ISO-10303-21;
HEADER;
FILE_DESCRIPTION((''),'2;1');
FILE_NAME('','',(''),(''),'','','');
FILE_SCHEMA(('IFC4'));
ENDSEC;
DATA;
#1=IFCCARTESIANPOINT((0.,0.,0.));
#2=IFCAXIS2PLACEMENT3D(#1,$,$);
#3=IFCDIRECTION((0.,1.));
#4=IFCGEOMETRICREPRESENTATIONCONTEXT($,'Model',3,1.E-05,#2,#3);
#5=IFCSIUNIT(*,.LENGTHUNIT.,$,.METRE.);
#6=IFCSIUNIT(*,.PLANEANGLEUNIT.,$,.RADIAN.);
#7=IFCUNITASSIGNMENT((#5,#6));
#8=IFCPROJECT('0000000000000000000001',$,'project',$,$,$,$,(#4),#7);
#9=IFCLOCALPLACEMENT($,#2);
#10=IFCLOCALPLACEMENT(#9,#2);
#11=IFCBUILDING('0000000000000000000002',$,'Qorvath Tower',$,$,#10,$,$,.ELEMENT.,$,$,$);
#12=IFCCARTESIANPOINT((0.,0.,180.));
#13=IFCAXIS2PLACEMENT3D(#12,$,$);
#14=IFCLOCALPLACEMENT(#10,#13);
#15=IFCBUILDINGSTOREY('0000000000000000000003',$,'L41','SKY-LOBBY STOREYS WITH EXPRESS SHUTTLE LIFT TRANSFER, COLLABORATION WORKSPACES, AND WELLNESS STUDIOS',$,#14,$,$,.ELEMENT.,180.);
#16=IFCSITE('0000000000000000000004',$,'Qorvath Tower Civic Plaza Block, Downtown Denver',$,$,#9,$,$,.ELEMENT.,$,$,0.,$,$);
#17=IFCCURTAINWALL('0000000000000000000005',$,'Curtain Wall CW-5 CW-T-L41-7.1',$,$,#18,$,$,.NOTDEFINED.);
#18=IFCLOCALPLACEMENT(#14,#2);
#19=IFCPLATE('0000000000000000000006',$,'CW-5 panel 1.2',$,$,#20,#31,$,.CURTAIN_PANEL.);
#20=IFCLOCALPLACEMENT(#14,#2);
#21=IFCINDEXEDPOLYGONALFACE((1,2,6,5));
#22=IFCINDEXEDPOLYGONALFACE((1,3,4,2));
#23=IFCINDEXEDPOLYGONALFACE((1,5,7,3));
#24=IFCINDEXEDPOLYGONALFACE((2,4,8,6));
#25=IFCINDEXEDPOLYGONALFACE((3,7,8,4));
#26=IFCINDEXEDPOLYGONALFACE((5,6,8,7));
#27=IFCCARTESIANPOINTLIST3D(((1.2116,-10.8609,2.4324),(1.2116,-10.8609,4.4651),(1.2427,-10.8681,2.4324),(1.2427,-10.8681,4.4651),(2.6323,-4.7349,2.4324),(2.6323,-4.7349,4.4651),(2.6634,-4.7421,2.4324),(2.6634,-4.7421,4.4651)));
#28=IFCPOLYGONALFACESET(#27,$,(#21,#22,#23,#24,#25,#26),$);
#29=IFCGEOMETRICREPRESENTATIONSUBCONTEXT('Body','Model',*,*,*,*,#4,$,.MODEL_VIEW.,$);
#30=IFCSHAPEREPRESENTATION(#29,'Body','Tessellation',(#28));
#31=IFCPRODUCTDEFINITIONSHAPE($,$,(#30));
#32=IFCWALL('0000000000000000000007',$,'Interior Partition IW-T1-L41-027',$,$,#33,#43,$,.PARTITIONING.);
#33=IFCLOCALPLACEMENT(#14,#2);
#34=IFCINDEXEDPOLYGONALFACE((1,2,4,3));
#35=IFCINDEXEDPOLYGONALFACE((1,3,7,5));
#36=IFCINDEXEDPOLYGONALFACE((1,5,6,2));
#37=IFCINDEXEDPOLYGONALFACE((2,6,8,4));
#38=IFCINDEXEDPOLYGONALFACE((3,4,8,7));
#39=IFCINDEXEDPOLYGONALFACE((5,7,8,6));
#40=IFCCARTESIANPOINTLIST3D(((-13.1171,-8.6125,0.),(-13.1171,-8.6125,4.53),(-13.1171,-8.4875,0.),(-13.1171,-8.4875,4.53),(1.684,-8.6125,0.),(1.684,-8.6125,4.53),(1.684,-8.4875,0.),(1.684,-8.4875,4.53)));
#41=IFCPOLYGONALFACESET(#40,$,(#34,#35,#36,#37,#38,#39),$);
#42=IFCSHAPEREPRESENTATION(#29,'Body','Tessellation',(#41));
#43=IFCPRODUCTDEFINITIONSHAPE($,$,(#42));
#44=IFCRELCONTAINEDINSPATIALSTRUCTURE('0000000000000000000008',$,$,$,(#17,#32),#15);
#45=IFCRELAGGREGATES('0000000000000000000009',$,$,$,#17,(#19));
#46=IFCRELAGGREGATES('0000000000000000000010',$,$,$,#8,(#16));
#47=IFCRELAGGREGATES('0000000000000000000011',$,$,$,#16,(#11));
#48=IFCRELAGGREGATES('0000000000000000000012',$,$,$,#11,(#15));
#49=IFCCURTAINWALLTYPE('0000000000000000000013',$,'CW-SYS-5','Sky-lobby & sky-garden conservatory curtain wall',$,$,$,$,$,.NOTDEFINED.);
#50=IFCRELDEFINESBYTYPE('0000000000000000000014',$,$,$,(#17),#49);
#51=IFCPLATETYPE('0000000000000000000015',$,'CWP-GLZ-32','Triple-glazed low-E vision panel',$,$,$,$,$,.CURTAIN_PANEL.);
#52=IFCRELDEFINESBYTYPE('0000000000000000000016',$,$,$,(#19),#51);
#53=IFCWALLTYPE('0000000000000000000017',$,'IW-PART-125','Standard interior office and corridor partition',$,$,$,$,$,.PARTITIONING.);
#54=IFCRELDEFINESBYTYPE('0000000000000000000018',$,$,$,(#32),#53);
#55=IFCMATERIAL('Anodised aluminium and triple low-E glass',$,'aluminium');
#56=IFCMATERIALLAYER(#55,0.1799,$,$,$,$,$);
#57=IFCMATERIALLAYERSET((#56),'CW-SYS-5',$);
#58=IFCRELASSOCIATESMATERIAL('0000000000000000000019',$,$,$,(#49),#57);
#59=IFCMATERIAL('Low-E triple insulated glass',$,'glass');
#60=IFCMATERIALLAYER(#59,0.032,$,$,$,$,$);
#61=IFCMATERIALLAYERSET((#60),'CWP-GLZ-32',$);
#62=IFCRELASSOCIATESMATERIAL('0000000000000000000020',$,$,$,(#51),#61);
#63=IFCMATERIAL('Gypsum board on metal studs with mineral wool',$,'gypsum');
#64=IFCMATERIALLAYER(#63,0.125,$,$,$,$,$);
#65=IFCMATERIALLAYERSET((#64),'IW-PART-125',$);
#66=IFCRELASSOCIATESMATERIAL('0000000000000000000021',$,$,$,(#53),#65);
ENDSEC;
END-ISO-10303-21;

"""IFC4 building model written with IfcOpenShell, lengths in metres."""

from ifc_helpers import new_model, si_unit, direction, frame, frame_2d, origin, origin_2d, place, context, subcontext, project, spatial, rectangle, extrude, material, layer, layer_set, type_object, element, aggregate, save


model = new_model("IFC4")

# Units and contexts
model_context = context("Model", 3, precision=1e-05, world=origin(), true_north=direction((0.0, 1.0)))
body_context = subcontext(model_context, "Body", "Model", "MODEL_VIEW")
ifc_project = project(units=[si_unit("LENGTHUNIT", "METRE"), si_unit("PLANEANGLEUNIT", "RADIAN")], contexts=[model_context])

# Site, building, storey
site_placement = place(None, origin())
site = spatial("IfcSite", under=ifc_project, at=site_placement, Name="Qorvath Tower Civic Plaza Block, Downtown Denver", CompositionType="ELEMENT", RefElevation=0.0)
building_placement = place(site_placement, origin())
building = spatial("IfcBuilding", under=site, at=building_placement, Name="Qorvath Tower", CompositionType="ELEMENT")
storey_placement = place(building_placement, frame((0.0, 0.0, 180.0)))
storey = spatial("IfcBuildingStorey", under=building, at=storey_placement, Name="L41", Description="SKY-LOBBY STOREYS WITH EXPRESS SHUTTLE LIFT TRANSFER, COLLABORATION WORKSPACES, AND WELLNESS STUDIOS", CompositionType="ELEMENT", Elevation=180.0)

# Shared definitions
ifc_material_1 = material(Name="Anodised aluminium and triple low-E glass", Category="aluminium")
ifc_layer_1 = layer(ifc_material_1, 0.1799)
ifc_layer_set_1 = layer_set([ifc_layer_1], Name="CW-SYS-5")
curtain_wall_type = type_object("IfcCurtainWallType", Name="CW-SYS-5", Description="Sky-lobby & sky-garden conservatory curtain wall", PredefinedType="NOTDEFINED", material=ifc_layer_set_1)

# Curtain wall
curtain_wall_1_placement = place(storey_placement, origin())
curtain_wall_1 = element("IfcCurtainWall", 1, at=curtain_wall_1_placement, inside=storey, type_object=curtain_wall_type, Name="Curtain Wall CW-5 CW-T-L41-7.1", PredefinedType="NOTDEFINED")

# Plate
ifc_material_2 = material(Name="Low-E triple insulated glass", Category="glass")
ifc_layer_2 = layer(ifc_material_2, 0.032)
ifc_layer_set_2 = layer_set([ifc_layer_2], Name="CWP-GLZ-32")
plate_type = type_object("IfcPlateType", Name="CWP-GLZ-32", Description="Triple-glazed low-E vision panel", PredefinedType="CURTAIN_PANEL", material=ifc_layer_set_2)
plate_1_placement = place(storey_placement, frame((1.9375, -7.8015, 2.4324), z_axis=(0.0, 0.0, 1.0), x_axis=(0.225923, 0.974145, 0.0)))
plate_1 = element("IfcPlate", 2, at=plate_1_placement, type_object=plate_type, Name="CW-5 panel 1.2", PredefinedType="CURTAIN_PANEL", context=body_context, shape_type="SweptSolid", body=[
    extrude(rectangle(XDim=6.2886, YDim=0.032, at=origin_2d()), origin(), (0.0, 0.0, 1.0), 2.0327),
])
aggregate(curtain_wall_1, [plate_1])

# Wall
ifc_material_3 = material(Name="Gypsum board on metal studs with mineral wool", Category="gypsum")
ifc_layer_3 = layer(ifc_material_3, 0.125)
ifc_layer_set_3 = layer_set([ifc_layer_3], Name="IW-PART-125")
wall_type = type_object("IfcWallType", Name="IW-PART-125", Description="Standard interior office and corridor partition", PredefinedType="PARTITIONING", material=ifc_layer_set_3)
wall_placement = place(storey_placement, frame((1.6838, -8.55, 0.0), z_axis=(0.0, 0.0, 1.0), x_axis=(-1.0, 0.0, 0.0)))
element("IfcWall", 3, at=wall_placement, inside=storey, type_object=wall_type, Name="Interior Partition IW-T1-L41-027", PredefinedType="PARTITIONING", context=body_context, shape_type="SweptSolid", body=[
    extrude(rectangle(XDim=14.801, YDim=0.125, at=frame_2d((7.4004, 0.0))), origin(), (0.0, 0.0, 1.0), 4.53),
])

save(model, "model.ifc")
